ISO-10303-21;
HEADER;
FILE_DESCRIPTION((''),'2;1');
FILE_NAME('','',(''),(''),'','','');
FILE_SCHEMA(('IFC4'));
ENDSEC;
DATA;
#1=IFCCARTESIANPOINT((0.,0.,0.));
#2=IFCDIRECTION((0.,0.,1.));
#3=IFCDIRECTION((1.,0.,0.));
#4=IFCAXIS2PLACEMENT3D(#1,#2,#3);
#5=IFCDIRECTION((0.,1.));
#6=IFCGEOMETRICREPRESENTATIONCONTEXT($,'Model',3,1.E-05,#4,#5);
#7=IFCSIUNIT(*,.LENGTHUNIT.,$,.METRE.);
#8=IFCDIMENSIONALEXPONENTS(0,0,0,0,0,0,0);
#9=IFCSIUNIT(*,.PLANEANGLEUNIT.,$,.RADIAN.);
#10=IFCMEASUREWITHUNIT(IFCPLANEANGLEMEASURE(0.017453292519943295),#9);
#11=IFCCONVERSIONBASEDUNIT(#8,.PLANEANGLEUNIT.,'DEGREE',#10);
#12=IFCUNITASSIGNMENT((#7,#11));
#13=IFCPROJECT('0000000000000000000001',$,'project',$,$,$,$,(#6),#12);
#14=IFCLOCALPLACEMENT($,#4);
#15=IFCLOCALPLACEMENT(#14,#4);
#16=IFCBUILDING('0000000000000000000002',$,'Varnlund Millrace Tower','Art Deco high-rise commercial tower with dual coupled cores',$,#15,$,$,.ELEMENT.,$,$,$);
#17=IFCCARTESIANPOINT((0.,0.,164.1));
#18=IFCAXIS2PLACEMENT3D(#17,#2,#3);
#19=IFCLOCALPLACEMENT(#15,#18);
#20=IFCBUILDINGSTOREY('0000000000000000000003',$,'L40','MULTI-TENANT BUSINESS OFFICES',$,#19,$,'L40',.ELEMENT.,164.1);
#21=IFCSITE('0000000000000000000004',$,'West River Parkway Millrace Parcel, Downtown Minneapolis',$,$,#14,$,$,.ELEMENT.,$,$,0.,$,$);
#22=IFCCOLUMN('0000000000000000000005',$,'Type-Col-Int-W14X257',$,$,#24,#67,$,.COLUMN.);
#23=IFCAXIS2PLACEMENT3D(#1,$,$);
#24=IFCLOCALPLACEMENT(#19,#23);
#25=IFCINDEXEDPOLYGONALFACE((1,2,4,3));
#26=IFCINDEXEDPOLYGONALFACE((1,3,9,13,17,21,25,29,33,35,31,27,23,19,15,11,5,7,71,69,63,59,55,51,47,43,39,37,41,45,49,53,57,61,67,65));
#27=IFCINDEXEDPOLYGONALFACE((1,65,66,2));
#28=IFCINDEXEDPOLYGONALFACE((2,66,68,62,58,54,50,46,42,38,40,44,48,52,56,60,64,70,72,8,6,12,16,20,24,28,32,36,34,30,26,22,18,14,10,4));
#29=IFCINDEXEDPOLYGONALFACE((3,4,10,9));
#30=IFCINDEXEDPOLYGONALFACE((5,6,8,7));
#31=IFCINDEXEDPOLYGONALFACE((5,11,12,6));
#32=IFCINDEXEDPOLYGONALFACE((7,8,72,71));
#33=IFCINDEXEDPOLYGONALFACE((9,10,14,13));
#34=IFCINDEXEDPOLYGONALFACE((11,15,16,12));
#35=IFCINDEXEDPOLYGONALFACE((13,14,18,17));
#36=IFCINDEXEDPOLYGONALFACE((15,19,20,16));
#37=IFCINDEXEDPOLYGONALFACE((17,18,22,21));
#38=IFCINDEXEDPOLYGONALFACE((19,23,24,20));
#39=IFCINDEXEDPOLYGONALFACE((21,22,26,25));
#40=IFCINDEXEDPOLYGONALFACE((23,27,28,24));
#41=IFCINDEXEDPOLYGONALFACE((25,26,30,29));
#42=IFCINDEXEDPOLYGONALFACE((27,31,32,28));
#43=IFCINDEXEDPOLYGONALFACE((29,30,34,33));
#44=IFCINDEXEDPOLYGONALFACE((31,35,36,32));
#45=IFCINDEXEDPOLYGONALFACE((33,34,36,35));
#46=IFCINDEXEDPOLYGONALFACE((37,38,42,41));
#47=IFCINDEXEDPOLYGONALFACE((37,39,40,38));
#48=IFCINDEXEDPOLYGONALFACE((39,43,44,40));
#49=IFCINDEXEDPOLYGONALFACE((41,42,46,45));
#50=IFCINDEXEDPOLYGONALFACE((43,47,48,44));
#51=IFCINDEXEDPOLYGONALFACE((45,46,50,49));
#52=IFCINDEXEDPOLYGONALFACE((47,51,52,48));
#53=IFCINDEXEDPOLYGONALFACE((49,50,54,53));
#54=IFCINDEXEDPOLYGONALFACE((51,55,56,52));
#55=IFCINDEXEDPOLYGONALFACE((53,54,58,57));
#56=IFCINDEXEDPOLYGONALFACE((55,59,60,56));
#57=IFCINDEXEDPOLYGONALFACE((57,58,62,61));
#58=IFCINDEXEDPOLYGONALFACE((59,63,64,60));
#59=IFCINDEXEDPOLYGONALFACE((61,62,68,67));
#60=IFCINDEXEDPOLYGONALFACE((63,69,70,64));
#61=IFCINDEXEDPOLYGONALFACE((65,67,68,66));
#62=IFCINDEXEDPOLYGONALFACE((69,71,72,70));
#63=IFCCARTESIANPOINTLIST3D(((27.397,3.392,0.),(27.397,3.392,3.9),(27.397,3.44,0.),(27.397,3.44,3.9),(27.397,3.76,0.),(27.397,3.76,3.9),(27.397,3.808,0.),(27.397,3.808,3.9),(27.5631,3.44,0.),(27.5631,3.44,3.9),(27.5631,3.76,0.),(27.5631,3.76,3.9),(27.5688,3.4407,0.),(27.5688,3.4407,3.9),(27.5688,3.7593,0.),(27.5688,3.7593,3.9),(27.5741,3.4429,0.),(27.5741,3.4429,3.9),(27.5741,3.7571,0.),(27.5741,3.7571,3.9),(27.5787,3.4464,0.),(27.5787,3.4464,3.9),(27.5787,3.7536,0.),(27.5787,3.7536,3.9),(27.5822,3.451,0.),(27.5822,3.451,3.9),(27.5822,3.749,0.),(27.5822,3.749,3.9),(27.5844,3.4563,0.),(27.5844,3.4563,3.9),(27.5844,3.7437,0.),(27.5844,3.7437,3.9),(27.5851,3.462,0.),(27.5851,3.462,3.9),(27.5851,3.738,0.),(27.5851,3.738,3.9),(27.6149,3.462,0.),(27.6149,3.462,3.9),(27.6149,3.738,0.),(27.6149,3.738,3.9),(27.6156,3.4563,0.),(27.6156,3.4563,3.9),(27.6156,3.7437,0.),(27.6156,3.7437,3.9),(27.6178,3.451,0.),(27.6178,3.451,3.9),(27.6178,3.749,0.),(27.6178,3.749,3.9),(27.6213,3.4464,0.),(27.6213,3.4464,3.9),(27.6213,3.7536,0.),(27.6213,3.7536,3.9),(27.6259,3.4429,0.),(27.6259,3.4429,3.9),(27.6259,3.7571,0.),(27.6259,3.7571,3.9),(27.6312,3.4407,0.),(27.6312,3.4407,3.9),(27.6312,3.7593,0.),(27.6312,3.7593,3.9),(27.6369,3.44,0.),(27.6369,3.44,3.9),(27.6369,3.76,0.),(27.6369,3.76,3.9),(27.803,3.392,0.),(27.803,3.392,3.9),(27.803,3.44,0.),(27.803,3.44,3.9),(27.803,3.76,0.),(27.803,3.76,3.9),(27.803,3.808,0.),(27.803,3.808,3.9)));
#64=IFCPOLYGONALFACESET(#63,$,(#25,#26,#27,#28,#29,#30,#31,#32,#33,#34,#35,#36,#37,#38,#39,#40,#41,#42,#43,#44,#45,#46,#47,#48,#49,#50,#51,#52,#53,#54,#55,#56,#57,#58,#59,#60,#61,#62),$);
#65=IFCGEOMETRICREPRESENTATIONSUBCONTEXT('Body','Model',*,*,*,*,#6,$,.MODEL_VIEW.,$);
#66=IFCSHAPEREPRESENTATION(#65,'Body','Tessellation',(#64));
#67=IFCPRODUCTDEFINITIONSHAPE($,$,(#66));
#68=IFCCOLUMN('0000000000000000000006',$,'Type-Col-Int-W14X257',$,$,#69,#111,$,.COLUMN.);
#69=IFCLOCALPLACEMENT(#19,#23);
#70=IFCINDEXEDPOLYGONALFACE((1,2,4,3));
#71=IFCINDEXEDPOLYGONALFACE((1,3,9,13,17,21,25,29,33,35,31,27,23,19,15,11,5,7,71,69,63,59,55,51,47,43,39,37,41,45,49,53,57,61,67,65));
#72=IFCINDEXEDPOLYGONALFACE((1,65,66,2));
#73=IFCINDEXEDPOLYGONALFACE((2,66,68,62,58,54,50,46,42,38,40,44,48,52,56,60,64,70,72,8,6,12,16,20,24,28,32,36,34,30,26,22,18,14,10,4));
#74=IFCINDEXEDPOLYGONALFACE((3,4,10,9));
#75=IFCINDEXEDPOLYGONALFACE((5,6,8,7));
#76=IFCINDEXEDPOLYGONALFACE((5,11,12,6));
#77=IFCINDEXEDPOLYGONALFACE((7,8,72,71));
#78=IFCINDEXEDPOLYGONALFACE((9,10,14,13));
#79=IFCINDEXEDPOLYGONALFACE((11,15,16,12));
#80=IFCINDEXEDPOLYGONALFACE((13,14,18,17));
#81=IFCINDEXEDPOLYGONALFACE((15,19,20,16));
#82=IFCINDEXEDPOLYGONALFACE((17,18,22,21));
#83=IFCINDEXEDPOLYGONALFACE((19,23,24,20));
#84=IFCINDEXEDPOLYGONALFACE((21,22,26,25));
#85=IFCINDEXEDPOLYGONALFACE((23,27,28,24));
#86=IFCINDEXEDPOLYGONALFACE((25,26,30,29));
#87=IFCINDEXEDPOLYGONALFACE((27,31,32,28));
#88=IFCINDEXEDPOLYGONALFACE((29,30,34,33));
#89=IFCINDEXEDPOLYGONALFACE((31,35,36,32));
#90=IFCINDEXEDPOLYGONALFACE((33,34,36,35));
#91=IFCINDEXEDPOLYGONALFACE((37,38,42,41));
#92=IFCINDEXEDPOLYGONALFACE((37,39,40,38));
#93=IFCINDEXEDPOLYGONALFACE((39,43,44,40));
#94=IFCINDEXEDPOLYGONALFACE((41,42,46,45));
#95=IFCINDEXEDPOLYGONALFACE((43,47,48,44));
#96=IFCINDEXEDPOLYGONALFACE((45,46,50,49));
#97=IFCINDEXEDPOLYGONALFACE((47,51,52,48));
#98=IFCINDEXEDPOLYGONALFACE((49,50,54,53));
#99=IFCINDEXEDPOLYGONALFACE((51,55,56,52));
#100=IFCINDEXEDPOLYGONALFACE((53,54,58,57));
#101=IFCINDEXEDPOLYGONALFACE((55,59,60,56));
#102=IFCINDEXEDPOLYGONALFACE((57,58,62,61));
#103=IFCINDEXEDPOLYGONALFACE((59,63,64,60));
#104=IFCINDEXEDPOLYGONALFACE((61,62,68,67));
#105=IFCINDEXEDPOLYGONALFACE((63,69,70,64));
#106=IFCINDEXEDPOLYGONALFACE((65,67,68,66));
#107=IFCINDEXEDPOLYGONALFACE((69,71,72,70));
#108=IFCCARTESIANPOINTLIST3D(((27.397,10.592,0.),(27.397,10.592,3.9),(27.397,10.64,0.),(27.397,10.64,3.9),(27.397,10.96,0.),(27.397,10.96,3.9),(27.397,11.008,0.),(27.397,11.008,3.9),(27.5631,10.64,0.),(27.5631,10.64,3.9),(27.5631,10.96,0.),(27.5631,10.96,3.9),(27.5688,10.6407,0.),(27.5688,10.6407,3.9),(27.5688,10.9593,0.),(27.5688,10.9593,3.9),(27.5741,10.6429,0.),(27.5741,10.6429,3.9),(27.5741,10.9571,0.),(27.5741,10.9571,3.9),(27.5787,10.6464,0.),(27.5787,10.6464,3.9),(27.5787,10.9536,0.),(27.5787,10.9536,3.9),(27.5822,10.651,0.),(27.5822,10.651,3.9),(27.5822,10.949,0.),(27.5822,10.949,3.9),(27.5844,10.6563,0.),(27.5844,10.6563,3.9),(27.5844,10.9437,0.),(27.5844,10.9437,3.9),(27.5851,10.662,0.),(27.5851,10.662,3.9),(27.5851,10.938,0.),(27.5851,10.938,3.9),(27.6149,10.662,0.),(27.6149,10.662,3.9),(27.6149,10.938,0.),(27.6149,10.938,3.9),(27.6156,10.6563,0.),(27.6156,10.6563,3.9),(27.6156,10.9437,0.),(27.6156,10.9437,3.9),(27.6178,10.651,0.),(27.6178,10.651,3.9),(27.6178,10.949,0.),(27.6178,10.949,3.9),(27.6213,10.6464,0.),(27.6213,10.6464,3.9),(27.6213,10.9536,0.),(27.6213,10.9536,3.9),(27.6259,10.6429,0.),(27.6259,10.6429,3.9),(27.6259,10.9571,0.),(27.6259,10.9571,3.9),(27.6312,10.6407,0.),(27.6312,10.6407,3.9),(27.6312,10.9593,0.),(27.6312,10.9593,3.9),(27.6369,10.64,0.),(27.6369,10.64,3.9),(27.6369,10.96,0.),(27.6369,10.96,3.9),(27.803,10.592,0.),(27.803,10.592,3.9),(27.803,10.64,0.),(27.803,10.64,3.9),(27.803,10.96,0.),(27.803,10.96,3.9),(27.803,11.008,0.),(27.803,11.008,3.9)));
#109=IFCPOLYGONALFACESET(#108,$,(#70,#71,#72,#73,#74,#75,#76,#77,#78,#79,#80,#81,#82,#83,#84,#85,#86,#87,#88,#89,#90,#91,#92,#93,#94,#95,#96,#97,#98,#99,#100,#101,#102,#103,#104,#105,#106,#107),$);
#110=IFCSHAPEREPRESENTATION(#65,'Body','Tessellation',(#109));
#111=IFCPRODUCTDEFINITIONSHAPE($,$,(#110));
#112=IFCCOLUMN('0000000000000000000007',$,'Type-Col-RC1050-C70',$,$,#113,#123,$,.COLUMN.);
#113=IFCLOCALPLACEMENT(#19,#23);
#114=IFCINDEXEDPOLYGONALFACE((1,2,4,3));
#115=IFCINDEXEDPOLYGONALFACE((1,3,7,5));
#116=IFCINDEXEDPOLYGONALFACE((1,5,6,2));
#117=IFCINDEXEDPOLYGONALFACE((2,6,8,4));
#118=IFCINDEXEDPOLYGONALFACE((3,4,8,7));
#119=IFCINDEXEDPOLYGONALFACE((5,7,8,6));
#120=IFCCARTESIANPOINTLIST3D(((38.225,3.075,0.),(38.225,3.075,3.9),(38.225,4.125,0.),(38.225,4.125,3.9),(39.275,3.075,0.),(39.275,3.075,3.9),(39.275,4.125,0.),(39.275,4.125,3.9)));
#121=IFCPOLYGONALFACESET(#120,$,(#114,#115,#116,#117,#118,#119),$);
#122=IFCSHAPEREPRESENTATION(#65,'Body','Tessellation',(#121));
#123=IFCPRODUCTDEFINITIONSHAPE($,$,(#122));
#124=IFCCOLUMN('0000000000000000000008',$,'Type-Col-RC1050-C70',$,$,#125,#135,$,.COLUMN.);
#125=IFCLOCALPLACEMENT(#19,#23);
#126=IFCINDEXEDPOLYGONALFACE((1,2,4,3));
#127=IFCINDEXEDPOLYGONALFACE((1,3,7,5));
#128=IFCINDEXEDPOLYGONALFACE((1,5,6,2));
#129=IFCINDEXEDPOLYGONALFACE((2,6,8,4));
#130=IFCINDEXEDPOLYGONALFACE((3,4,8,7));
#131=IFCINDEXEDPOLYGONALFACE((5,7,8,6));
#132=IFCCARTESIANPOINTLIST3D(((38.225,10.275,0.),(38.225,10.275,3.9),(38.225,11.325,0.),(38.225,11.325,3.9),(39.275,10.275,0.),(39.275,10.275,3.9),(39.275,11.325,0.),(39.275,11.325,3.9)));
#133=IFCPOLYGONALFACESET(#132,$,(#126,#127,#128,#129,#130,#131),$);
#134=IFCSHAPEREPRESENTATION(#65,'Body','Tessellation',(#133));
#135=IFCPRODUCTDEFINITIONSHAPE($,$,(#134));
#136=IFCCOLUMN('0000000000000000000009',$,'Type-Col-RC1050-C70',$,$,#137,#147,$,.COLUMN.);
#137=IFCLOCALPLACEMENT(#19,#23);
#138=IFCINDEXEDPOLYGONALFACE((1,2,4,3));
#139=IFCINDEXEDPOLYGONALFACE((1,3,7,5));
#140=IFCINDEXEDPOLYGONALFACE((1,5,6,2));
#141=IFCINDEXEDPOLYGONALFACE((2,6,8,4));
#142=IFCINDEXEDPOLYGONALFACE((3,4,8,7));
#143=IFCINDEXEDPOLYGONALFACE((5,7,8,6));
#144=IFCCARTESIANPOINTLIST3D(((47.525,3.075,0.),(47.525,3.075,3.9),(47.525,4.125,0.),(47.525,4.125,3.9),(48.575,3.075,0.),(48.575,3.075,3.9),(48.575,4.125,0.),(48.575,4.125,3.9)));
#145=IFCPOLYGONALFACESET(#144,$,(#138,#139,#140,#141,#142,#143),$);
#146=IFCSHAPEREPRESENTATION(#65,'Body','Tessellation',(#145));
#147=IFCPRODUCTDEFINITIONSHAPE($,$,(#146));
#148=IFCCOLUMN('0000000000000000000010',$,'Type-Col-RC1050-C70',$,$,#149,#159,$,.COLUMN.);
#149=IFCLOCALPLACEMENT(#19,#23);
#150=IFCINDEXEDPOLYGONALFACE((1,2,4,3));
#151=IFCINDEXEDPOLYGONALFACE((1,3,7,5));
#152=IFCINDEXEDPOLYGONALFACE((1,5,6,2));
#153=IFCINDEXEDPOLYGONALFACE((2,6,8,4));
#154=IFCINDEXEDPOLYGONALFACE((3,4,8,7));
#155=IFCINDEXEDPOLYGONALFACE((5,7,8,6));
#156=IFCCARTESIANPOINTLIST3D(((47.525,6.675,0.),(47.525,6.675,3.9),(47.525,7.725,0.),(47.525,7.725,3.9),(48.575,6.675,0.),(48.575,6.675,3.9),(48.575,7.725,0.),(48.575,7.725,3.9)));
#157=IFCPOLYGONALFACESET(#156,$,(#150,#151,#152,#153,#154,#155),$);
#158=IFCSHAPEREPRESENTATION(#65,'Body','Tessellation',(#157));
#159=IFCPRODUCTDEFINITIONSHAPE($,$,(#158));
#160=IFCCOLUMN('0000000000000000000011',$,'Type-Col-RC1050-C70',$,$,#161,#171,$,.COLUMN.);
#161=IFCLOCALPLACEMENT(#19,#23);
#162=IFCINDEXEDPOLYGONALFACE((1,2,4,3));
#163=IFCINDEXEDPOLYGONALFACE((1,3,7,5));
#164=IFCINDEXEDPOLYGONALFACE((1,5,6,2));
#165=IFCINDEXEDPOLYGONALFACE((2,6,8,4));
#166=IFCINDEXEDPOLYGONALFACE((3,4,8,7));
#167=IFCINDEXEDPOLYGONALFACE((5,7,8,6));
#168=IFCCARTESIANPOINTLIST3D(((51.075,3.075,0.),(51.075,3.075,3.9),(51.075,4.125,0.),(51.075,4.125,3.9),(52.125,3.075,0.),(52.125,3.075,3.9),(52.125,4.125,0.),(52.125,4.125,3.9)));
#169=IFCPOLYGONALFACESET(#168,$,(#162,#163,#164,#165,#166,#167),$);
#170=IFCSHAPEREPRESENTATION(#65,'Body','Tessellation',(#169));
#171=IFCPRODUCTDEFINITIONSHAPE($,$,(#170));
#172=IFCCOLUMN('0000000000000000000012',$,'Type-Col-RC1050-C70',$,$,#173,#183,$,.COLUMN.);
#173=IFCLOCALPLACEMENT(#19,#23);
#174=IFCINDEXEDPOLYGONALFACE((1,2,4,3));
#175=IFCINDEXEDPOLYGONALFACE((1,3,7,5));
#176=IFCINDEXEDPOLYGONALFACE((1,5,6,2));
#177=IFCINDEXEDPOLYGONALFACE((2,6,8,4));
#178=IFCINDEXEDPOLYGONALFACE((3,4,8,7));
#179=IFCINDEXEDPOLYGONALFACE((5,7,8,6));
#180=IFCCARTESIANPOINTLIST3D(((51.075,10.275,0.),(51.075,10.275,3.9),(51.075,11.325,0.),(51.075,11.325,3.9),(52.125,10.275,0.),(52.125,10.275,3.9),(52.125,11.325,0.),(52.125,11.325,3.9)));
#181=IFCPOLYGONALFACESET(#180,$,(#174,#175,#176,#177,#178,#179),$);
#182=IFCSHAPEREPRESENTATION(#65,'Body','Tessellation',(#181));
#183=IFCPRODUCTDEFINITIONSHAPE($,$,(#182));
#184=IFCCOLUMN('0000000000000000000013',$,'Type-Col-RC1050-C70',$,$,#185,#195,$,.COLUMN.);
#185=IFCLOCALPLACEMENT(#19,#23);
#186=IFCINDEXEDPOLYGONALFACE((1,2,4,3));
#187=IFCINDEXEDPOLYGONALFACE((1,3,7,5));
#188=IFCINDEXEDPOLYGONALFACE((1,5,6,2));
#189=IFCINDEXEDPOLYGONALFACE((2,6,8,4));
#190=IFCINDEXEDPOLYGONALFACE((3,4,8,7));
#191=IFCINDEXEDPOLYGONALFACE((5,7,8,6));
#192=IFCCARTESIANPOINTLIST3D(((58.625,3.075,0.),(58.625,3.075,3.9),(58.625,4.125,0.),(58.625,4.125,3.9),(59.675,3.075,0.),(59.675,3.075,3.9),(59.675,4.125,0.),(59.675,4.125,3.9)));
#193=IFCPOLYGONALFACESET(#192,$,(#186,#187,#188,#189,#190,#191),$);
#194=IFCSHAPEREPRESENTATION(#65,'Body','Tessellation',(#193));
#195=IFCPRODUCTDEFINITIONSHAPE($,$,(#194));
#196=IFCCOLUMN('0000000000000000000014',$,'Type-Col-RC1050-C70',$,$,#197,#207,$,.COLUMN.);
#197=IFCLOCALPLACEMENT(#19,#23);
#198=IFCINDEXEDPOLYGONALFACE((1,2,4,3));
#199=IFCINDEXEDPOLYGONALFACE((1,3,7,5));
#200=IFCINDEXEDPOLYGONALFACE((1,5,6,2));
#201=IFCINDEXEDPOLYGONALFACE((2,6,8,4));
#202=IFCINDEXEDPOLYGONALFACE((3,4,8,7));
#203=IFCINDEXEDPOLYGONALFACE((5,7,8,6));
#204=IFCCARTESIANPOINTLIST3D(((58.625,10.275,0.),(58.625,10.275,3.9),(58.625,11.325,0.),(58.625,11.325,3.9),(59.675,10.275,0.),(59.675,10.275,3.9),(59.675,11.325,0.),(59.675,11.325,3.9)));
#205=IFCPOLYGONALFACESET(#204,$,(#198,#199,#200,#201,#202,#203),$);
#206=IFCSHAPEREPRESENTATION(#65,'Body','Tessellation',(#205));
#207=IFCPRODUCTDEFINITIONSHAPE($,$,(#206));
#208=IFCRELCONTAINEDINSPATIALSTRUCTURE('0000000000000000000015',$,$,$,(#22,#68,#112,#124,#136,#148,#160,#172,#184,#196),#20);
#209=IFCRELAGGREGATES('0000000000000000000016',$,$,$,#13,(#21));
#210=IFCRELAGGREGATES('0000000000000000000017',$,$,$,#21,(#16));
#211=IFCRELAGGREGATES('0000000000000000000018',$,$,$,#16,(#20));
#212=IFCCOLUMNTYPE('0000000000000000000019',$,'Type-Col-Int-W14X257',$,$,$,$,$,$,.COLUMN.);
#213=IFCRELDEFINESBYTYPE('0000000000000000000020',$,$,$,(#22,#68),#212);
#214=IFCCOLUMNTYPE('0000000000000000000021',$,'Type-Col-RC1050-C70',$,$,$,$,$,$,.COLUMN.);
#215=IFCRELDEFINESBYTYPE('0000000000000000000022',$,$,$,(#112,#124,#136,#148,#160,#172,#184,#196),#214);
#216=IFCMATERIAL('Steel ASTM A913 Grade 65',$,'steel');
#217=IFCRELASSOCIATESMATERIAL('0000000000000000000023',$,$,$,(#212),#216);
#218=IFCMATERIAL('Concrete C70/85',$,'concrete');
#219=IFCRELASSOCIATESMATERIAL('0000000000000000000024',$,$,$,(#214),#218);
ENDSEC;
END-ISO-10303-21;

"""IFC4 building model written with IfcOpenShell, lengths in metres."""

from ifc_helpers import new_model, entity, si_unit, converted_unit, direction, frame, origin_with_axes, origin_2d_with_axis, place, context, subcontext, project, spatial, rectangle, i_section, extrude, material, material_profile, profile_set, type_object, element, save


model = new_model("IFC4")

# Units and contexts
model_context = context("Model", 3, precision=1e-05, world=origin_with_axes(), true_north=direction((0.0, 1.0)))
body_context = subcontext(model_context, "Body", "Model", "MODEL_VIEW")
ifc_project = project(units=[si_unit("LENGTHUNIT", "METRE"), converted_unit("PLANEANGLEUNIT", "DEGREE", entity("IfcPlaneAngleMeasure", 0.017453292519943295), si_unit("PLANEANGLEUNIT", "RADIAN"), dimensions=[0, 0, 0, 0, 0, 0, 0])], contexts=[model_context])

# Site, building, storey
site_placement = place(None, origin_with_axes())
site = spatial("IfcSite", under=ifc_project, at=site_placement, Name="West River Parkway Millrace Parcel, Downtown Minneapolis", CompositionType="ELEMENT", RefElevation=0.0)
building_placement = place(site_placement, origin_with_axes())
building = spatial("IfcBuilding", under=site, at=building_placement, Name="Varnlund Millrace Tower", Description="Art Deco high-rise commercial tower with dual coupled cores", CompositionType="ELEMENT")
storey_placement = place(building_placement, frame((0.0, 0.0, 164.1), z_axis=(0.0, 0.0, 1.0), x_axis=(1.0, 0.0, 0.0)))
storey = spatial("IfcBuildingStorey", under=building, at=storey_placement, Name="L40", Description="MULTI-TENANT BUSINESS OFFICES", LongName="L40", CompositionType="ELEMENT", Elevation=164.1)

# Columns
ifc_material_1 = material(Name="Steel ASTM A913 Grade 65", Category="steel")
ifc_material_profile_1 = material_profile(ifc_material_1, i_section(OverallWidth=0.406, OverallDepth=0.416, WebThickness=0.0298, FlangeThickness=0.048, FilletRadius=0.022, at=origin_2d_with_axis()), Name="Steel ASTM A913 Grade 65")
ifc_profile_set_1 = profile_set([ifc_material_profile_1], Name="Steel ASTM A913 Grade 65")
column_type_1 = type_object("IfcColumnType", Name="Type-Col-Int-W14X257", PredefinedType="COLUMN", material=ifc_profile_set_1)
for number, where, z_axis, x_axis, name in (
    (1, (27.6, 3.6, 0.0), (0.0, 0.0, 1.0), (1.0, 0.0, 0.0), "Type-Col-Int-W14X257"),
    (2, (27.6, 10.8, 0.0), (0.0, 0.0, 1.0), (1.0, 0.0, 0.0), "Type-Col-Int-W14X257"),
):
    element("IfcColumn", number, at=place(storey_placement, frame(where, z_axis=z_axis, x_axis=x_axis)), inside=storey, type_object=column_type_1, Name=name, PredefinedType="COLUMN", context=body_context, shape_type="SweptSolid", body=[
        extrude(i_section(OverallWidth=0.406, OverallDepth=0.416, WebThickness=0.0298, FlangeThickness=0.048, FilletRadius=0.022, at=origin_2d_with_axis()), origin_with_axes(), (0.0, 0.0, 1.0), 3.9),
    ])
ifc_material_2 = material(Name="Concrete C70/85", Category="concrete")
ifc_material_profile_2 = material_profile(ifc_material_2, rectangle(XDim=1.05, YDim=1.05, at=origin_2d_with_axis()), Name="Concrete C70/85")
ifc_profile_set_2 = profile_set([ifc_material_profile_2], Name="Concrete C70/85")
column_type_2 = type_object("IfcColumnType", Name="Type-Col-RC1050-C70", PredefinedType="COLUMN", material=ifc_profile_set_2)
for number, where, z_axis, x_axis, name in (
    (3, (38.75, 3.6, 0.0), (0.0, 0.0, 1.0), (1.0, 0.0, 0.0), "Type-Col-RC1050-C70"),
    (4, (38.75, 10.8, 0.0), (0.0, 0.0, 1.0), (1.0, 0.0, 0.0), "Type-Col-RC1050-C70"),
    (5, (48.05, 3.6, 0.0), (0.0, 0.0, 1.0), (1.0, 0.0, 0.0), "Type-Col-RC1050-C70"),
    (6, (48.05, 7.2, 0.0), (0.0, 0.0, 1.0), (1.0, 0.0, 0.0), "Type-Col-RC1050-C70"),
    (7, (51.6, 3.6, 0.0), (0.0, 0.0, 1.0), (1.0, 0.0, 0.0), "Type-Col-RC1050-C70"),
    (8, (51.6, 10.8, 0.0), (0.0, 0.0, 1.0), (1.0, 0.0, 0.0), "Type-Col-RC1050-C70"),
    (9, (59.15, 3.6, 0.0), (0.0, 0.0, 1.0), (1.0, 0.0, 0.0), "Type-Col-RC1050-C70"),
    (10, (59.15, 10.8, 0.0), (0.0, 0.0, 1.0), (1.0, 0.0, 0.0), "Type-Col-RC1050-C70"),
):
    element("IfcColumn", number, at=place(storey_placement, frame(where, z_axis=z_axis, x_axis=x_axis)), inside=storey, type_object=column_type_2, Name=name, PredefinedType="COLUMN", context=body_context, shape_type="SweptSolid", body=[
        extrude(rectangle(XDim=1.05, YDim=1.05, at=origin_2d_with_axis()), origin_with_axes(), (0.0, 0.0, 1.0), 3.9),
    ])

save(model, "model.ifc")
